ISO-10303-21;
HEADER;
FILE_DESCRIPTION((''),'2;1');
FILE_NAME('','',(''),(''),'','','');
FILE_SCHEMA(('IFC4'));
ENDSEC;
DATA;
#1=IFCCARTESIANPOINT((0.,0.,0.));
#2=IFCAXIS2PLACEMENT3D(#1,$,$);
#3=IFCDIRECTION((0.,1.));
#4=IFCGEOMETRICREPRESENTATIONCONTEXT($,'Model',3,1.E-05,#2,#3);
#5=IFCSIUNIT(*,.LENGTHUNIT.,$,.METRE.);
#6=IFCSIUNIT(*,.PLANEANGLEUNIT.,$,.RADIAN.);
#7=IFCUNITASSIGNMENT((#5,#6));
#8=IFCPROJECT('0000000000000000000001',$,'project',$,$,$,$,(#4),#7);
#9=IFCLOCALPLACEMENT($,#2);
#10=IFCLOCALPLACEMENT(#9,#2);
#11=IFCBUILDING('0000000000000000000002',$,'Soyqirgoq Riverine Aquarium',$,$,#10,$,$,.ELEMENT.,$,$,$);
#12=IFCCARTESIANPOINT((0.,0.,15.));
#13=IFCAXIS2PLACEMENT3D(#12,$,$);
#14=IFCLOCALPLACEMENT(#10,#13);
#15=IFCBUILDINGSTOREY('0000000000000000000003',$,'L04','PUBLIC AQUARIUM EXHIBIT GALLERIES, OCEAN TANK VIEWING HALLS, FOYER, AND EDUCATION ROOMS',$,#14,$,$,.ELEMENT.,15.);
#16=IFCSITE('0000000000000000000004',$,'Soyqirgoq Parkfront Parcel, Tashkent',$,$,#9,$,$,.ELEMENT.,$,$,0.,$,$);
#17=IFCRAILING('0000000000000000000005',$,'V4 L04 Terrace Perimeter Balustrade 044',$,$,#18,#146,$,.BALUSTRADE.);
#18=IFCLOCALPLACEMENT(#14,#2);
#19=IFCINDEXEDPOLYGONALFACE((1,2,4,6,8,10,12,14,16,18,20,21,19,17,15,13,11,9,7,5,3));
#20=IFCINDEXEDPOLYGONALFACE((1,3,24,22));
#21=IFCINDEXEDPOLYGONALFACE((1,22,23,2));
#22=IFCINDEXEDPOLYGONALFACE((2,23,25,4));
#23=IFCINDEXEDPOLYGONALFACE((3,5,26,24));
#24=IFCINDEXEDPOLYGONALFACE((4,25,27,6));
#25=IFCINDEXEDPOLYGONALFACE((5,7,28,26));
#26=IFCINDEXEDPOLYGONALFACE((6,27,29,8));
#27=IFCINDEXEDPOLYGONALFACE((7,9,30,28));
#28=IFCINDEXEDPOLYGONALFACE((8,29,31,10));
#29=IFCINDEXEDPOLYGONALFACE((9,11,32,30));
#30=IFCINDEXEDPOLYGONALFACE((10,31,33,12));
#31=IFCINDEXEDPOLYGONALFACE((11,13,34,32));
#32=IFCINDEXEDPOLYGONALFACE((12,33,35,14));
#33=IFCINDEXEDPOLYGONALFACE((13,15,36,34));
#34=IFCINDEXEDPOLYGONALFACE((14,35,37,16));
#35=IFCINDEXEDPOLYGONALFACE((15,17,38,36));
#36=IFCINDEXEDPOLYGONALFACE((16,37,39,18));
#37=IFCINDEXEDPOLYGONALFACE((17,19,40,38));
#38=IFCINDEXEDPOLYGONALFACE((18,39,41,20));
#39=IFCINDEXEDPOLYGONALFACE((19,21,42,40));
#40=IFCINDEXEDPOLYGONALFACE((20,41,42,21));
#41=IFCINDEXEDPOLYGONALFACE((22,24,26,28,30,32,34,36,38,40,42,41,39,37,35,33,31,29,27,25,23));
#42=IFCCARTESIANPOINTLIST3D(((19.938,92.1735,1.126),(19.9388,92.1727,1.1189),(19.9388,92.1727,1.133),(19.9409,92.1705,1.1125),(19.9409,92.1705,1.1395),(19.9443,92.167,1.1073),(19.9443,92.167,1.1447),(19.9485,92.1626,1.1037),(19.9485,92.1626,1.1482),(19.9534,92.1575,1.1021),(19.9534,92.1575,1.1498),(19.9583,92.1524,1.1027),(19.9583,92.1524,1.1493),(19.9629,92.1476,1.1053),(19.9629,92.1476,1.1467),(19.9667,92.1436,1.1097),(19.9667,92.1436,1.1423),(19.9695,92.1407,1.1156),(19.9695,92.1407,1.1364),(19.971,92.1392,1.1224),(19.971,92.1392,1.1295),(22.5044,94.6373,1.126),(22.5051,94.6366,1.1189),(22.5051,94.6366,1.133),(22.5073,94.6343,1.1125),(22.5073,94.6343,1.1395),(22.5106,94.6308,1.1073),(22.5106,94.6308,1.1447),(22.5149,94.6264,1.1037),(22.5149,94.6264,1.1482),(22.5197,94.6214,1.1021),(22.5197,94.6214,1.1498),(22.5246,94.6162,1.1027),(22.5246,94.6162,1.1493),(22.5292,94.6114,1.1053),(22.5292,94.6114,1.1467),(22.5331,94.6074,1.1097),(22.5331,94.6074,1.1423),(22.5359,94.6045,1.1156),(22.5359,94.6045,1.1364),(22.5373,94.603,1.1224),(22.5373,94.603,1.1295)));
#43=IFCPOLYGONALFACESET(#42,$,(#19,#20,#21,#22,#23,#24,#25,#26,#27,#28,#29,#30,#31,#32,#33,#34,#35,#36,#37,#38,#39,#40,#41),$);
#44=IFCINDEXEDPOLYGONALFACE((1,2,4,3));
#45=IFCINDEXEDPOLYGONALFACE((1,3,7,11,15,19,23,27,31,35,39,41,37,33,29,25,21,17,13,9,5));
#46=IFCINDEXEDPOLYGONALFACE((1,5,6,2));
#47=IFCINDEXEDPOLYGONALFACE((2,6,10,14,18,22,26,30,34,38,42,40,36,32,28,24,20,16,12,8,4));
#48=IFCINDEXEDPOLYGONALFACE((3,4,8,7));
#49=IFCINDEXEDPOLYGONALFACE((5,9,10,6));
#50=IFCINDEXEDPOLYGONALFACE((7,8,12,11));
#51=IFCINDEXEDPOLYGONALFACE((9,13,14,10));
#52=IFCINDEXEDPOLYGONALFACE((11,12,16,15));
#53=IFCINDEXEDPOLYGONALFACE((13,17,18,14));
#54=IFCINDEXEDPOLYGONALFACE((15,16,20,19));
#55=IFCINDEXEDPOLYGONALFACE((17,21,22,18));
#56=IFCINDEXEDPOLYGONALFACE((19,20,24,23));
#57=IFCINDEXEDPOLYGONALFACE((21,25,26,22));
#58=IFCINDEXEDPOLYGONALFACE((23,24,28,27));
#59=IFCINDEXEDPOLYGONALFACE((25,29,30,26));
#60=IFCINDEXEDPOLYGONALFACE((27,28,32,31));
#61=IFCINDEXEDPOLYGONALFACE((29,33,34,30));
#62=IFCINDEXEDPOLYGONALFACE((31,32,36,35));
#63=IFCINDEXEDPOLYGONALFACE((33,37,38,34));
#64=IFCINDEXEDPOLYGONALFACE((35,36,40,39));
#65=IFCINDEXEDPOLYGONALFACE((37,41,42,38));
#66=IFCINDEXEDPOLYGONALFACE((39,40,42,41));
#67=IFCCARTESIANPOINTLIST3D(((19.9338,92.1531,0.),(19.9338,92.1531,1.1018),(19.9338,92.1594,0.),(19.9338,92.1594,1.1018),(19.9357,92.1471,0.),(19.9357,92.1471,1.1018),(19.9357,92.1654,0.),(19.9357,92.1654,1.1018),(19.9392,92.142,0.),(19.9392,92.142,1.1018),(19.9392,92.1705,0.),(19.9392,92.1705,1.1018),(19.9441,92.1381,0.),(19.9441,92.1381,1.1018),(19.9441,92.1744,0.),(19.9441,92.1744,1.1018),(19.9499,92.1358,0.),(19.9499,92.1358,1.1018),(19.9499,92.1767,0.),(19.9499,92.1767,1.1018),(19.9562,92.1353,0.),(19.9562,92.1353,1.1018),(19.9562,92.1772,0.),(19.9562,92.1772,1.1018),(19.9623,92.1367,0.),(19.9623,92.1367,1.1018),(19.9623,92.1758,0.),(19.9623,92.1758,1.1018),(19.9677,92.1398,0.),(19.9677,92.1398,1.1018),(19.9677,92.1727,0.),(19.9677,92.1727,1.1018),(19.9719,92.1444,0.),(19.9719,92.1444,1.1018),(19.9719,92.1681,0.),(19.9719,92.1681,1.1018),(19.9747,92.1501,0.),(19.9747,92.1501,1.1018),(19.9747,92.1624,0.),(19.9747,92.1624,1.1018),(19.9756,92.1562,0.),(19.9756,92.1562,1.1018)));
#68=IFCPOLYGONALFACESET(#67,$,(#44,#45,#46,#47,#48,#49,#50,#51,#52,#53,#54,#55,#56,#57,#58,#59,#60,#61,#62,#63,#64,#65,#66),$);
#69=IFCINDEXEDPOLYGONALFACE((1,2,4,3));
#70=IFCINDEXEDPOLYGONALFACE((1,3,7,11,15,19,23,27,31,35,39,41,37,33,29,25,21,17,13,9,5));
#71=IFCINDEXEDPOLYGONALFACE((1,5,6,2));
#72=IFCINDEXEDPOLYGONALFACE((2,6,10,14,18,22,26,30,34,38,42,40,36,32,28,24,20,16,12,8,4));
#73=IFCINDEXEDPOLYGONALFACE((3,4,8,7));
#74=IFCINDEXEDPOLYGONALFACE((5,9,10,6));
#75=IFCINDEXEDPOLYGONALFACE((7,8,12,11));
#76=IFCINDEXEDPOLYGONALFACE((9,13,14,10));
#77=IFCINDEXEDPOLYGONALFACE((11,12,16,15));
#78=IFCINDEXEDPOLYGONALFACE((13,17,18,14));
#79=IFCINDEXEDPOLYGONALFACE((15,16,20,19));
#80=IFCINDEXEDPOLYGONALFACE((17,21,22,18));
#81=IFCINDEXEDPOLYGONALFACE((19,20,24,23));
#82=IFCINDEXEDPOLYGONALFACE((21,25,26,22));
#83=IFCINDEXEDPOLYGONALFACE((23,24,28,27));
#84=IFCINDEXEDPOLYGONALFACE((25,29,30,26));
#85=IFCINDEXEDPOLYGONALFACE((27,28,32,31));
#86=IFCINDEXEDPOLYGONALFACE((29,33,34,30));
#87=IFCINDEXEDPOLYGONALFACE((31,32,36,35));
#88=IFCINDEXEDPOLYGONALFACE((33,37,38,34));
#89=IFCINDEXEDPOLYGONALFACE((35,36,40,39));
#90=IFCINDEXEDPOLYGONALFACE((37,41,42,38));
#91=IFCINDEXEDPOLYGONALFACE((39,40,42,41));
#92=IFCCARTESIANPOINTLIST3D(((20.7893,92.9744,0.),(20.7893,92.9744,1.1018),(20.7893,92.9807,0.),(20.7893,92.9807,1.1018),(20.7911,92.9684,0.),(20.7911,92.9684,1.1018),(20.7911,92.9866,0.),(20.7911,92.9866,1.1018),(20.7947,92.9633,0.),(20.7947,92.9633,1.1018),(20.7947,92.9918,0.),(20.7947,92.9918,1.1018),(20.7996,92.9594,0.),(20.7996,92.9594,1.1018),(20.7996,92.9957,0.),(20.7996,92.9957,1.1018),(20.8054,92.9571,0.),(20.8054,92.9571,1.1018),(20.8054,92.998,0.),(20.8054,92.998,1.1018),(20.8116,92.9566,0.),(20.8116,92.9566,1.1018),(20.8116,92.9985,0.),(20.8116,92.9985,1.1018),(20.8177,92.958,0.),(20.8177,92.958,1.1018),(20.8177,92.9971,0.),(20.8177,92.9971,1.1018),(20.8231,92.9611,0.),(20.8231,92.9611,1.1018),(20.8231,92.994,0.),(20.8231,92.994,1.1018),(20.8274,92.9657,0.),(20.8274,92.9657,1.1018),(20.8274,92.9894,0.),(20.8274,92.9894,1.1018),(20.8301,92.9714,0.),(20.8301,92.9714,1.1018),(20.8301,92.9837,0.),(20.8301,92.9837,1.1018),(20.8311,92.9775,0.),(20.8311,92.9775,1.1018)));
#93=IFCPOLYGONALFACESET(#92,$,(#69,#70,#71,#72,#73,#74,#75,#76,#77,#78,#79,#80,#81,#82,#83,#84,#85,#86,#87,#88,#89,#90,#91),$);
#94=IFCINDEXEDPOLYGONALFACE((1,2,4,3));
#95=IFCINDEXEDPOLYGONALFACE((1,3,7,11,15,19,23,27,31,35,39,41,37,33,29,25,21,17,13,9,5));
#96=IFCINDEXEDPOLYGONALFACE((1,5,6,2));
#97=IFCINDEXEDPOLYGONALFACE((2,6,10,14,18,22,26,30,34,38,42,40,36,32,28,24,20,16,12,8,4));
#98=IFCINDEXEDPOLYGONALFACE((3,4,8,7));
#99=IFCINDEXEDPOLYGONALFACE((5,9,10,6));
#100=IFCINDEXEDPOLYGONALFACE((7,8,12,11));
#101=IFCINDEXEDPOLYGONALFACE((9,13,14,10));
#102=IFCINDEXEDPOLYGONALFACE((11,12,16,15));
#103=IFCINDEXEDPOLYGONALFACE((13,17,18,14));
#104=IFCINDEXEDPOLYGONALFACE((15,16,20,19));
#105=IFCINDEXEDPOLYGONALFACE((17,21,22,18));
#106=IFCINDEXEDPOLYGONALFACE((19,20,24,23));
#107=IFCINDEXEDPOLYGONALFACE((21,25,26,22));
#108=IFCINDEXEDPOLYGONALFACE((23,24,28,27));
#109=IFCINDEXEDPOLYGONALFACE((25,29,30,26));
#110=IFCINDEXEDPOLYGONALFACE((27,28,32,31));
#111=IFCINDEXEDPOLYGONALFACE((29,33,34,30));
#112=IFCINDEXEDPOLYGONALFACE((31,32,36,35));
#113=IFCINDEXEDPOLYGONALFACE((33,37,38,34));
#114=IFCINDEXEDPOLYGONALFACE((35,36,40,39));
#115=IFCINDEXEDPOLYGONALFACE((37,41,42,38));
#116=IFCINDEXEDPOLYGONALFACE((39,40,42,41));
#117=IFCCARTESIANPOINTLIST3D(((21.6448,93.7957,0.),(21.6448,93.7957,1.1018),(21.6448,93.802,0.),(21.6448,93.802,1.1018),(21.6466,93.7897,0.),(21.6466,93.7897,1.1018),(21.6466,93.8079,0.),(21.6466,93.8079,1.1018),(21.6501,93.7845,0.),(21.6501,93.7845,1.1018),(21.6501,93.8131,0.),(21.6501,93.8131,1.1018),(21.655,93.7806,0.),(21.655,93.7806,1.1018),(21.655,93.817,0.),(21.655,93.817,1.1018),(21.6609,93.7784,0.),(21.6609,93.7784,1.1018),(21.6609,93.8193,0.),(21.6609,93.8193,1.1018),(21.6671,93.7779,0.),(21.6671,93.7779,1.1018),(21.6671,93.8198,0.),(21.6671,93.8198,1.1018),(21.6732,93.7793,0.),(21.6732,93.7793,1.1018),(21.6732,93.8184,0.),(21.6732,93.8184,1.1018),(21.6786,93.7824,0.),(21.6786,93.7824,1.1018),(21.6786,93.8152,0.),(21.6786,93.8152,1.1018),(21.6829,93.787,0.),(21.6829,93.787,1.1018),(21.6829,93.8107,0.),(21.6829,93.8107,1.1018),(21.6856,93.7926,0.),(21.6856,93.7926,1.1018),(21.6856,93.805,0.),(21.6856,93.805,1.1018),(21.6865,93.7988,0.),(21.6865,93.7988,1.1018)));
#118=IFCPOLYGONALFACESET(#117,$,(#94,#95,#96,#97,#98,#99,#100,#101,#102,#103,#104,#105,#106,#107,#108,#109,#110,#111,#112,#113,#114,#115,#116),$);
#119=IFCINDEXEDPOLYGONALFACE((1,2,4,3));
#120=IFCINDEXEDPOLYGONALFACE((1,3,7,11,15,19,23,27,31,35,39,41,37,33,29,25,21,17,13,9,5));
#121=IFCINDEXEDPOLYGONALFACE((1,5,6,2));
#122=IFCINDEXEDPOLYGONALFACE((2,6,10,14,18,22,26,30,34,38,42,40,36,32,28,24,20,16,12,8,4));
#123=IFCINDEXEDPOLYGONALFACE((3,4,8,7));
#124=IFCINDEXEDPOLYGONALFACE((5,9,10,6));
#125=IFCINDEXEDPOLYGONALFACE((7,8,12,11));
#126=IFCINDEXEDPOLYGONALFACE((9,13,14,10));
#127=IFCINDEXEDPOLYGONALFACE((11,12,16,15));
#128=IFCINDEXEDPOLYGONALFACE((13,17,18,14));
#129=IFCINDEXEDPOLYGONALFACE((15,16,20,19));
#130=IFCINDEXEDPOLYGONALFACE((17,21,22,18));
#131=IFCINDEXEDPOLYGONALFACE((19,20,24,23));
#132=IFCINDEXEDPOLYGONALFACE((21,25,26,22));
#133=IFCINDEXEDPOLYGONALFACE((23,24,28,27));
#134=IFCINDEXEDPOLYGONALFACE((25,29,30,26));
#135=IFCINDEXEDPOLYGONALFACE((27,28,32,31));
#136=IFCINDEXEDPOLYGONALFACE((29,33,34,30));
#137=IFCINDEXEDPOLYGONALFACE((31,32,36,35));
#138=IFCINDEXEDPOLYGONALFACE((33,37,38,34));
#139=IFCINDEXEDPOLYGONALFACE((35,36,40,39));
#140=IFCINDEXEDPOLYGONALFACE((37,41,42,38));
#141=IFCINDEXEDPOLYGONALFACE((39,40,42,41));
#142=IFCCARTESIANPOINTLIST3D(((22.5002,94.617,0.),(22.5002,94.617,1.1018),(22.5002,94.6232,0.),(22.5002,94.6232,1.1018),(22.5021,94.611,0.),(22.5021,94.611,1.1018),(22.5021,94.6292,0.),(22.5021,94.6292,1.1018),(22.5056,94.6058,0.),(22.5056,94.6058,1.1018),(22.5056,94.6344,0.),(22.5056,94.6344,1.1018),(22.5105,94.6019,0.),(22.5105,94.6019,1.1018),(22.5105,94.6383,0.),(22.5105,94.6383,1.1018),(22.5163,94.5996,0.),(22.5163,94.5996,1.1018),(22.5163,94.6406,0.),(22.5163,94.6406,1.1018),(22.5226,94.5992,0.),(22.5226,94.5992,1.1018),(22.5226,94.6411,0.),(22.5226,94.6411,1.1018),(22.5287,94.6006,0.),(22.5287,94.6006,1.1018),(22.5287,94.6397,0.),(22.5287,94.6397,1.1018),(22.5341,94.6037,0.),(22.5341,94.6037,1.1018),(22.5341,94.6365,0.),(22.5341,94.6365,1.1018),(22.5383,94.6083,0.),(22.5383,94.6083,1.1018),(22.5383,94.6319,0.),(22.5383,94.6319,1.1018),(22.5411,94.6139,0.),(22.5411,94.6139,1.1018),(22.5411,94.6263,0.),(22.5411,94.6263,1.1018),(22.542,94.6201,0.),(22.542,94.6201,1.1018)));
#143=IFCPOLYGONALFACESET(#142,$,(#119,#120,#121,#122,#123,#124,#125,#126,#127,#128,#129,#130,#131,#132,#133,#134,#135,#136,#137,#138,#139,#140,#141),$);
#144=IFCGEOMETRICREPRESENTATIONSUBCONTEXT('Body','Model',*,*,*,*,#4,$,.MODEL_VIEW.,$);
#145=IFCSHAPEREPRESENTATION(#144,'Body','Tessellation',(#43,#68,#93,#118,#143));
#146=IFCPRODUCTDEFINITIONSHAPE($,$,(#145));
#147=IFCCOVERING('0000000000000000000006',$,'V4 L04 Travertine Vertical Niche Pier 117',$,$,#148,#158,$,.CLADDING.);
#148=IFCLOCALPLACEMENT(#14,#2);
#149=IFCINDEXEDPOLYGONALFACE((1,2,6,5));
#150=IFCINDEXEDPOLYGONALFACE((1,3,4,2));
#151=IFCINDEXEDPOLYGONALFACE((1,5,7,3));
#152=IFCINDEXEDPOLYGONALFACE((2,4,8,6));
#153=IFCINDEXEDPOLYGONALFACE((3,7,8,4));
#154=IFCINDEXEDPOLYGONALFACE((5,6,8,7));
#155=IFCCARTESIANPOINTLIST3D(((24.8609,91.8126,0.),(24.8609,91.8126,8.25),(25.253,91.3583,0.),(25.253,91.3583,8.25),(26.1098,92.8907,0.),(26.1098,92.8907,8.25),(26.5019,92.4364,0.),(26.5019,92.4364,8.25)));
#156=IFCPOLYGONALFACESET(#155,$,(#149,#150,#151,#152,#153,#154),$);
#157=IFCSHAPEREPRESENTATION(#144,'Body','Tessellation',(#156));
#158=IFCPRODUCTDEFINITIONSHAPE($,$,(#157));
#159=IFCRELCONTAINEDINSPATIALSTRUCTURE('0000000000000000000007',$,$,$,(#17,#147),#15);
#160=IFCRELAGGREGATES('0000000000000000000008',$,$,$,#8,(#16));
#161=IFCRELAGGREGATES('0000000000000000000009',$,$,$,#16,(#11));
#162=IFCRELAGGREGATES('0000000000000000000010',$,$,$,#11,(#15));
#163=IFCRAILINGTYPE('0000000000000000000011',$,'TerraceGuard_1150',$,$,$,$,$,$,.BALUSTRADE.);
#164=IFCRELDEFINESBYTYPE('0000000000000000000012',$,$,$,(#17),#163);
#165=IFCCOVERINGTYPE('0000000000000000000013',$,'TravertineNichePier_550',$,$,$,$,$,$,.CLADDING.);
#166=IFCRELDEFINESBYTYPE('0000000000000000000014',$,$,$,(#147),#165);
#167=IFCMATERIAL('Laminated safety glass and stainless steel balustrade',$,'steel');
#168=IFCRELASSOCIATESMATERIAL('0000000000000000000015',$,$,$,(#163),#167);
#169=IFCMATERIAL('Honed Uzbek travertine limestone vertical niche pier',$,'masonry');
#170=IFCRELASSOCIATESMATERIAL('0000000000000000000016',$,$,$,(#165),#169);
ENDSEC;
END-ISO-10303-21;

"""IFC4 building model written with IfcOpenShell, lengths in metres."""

from ifc_helpers import new_model, si_unit, direction, frame, origin, origin_2d, place, context, subcontext, project, spatial, rectangle, circle, extrude, material, type_object, element, save


model = new_model("IFC4")

# Units and contexts
model_context = context("Model", 3, precision=1e-05, world=origin(), true_north=direction((0.0, 1.0)))
body_context = subcontext(model_context, "Body", "Model", "MODEL_VIEW")
ifc_project = project(units=[si_unit("LENGTHUNIT", "METRE"), si_unit("PLANEANGLEUNIT", "RADIAN")], contexts=[model_context])

# Site, building, storey
site_placement = place(None, origin())
site = spatial("IfcSite", under=ifc_project, at=site_placement, Name="Soyqirgoq Parkfront Parcel, Tashkent", CompositionType="ELEMENT", RefElevation=0.0)
building_placement = place(site_placement, origin())
building = spatial("IfcBuilding", under=site, at=building_placement, Name="Soyqirgoq Riverine Aquarium", CompositionType="ELEMENT")
storey_placement = place(building_placement, frame((0.0, 0.0, 15.0)))
storey = spatial("IfcBuildingStorey", under=building, at=storey_placement, Name="L04", Description="PUBLIC AQUARIUM EXHIBIT GALLERIES, OCEAN TANK VIEWING HALLS, FOYER, AND EDUCATION ROOMS", CompositionType="ELEMENT", Elevation=15.0)

# Railing
ifc_material_1 = material(Name="Laminated safety glass and stainless steel balustrade", Category="steel")
railing_type = type_object("IfcRailingType", Name="TerraceGuard_1150", PredefinedType="BALUSTRADE", material=ifc_material_1)
railing_1_placement = place(storey_placement, frame((19.9546, 92.1562, 0.0)))
element("IfcRailing", 1, at=railing_1_placement, inside=storey, type_object=railing_type, Name="V4 L04 Terrace Perimeter Balustrade 044", PredefinedType="BALUSTRADE", context=body_context, shape_type="SweptSolid", body=[
    extrude(circle(Radius=0.0239, at=origin_2d()), frame((0.0, 0.0, 1.126), z_axis=(0.721371, 0.692549, 0.0), x_axis=(-0.692549, 0.721371, 0.0)), (0.0, 0.0, 1.0), 3.5576),
    extrude(circle(Radius=0.021, at=origin_2d()), origin(), (0.0, 0.0, 1.0), 1.1018),
    extrude(circle(Radius=0.021, at=origin_2d()), frame((0.8555, 0.8213, 0.0)), (0.0, 0.0, 1.0), 1.1018),
    extrude(circle(Radius=0.021, at=origin_2d()), frame((1.7109, 1.6426, 0.0)), (0.0, 0.0, 1.0), 1.1018),
    extrude(circle(Radius=0.021, at=origin_2d()), frame((2.5664, 2.4639, 0.0)), (0.0, 0.0, 1.0), 1.1018),
])

# Covering
ifc_material_2 = material(Name="Honed Uzbek travertine limestone vertical niche pier", Category="masonry")
covering_type = type_object("IfcCoveringType", Name="TravertineNichePier_550", PredefinedType="CLADDING", material=ifc_material_2)
covering_placement = place(storey_placement, frame((25.6814, 92.1245, 0.0), z_axis=(0.0, 0.0, 1.0), x_axis=(-0.653421, 0.756995, 0.0)))
element("IfcCovering", 2, at=covering_placement, inside=storey, type_object=covering_type, Name="V4 L04 Travertine Vertical Niche Pier 117", PredefinedType="CLADDING", context=body_context, shape_type="SweptSolid", body=[
    extrude(rectangle(XDim=0.6001, YDim=1.6499, at=origin_2d()), origin(), (0.0, 0.0, 1.0), 8.25),
])

save(model, "model.ifc")
